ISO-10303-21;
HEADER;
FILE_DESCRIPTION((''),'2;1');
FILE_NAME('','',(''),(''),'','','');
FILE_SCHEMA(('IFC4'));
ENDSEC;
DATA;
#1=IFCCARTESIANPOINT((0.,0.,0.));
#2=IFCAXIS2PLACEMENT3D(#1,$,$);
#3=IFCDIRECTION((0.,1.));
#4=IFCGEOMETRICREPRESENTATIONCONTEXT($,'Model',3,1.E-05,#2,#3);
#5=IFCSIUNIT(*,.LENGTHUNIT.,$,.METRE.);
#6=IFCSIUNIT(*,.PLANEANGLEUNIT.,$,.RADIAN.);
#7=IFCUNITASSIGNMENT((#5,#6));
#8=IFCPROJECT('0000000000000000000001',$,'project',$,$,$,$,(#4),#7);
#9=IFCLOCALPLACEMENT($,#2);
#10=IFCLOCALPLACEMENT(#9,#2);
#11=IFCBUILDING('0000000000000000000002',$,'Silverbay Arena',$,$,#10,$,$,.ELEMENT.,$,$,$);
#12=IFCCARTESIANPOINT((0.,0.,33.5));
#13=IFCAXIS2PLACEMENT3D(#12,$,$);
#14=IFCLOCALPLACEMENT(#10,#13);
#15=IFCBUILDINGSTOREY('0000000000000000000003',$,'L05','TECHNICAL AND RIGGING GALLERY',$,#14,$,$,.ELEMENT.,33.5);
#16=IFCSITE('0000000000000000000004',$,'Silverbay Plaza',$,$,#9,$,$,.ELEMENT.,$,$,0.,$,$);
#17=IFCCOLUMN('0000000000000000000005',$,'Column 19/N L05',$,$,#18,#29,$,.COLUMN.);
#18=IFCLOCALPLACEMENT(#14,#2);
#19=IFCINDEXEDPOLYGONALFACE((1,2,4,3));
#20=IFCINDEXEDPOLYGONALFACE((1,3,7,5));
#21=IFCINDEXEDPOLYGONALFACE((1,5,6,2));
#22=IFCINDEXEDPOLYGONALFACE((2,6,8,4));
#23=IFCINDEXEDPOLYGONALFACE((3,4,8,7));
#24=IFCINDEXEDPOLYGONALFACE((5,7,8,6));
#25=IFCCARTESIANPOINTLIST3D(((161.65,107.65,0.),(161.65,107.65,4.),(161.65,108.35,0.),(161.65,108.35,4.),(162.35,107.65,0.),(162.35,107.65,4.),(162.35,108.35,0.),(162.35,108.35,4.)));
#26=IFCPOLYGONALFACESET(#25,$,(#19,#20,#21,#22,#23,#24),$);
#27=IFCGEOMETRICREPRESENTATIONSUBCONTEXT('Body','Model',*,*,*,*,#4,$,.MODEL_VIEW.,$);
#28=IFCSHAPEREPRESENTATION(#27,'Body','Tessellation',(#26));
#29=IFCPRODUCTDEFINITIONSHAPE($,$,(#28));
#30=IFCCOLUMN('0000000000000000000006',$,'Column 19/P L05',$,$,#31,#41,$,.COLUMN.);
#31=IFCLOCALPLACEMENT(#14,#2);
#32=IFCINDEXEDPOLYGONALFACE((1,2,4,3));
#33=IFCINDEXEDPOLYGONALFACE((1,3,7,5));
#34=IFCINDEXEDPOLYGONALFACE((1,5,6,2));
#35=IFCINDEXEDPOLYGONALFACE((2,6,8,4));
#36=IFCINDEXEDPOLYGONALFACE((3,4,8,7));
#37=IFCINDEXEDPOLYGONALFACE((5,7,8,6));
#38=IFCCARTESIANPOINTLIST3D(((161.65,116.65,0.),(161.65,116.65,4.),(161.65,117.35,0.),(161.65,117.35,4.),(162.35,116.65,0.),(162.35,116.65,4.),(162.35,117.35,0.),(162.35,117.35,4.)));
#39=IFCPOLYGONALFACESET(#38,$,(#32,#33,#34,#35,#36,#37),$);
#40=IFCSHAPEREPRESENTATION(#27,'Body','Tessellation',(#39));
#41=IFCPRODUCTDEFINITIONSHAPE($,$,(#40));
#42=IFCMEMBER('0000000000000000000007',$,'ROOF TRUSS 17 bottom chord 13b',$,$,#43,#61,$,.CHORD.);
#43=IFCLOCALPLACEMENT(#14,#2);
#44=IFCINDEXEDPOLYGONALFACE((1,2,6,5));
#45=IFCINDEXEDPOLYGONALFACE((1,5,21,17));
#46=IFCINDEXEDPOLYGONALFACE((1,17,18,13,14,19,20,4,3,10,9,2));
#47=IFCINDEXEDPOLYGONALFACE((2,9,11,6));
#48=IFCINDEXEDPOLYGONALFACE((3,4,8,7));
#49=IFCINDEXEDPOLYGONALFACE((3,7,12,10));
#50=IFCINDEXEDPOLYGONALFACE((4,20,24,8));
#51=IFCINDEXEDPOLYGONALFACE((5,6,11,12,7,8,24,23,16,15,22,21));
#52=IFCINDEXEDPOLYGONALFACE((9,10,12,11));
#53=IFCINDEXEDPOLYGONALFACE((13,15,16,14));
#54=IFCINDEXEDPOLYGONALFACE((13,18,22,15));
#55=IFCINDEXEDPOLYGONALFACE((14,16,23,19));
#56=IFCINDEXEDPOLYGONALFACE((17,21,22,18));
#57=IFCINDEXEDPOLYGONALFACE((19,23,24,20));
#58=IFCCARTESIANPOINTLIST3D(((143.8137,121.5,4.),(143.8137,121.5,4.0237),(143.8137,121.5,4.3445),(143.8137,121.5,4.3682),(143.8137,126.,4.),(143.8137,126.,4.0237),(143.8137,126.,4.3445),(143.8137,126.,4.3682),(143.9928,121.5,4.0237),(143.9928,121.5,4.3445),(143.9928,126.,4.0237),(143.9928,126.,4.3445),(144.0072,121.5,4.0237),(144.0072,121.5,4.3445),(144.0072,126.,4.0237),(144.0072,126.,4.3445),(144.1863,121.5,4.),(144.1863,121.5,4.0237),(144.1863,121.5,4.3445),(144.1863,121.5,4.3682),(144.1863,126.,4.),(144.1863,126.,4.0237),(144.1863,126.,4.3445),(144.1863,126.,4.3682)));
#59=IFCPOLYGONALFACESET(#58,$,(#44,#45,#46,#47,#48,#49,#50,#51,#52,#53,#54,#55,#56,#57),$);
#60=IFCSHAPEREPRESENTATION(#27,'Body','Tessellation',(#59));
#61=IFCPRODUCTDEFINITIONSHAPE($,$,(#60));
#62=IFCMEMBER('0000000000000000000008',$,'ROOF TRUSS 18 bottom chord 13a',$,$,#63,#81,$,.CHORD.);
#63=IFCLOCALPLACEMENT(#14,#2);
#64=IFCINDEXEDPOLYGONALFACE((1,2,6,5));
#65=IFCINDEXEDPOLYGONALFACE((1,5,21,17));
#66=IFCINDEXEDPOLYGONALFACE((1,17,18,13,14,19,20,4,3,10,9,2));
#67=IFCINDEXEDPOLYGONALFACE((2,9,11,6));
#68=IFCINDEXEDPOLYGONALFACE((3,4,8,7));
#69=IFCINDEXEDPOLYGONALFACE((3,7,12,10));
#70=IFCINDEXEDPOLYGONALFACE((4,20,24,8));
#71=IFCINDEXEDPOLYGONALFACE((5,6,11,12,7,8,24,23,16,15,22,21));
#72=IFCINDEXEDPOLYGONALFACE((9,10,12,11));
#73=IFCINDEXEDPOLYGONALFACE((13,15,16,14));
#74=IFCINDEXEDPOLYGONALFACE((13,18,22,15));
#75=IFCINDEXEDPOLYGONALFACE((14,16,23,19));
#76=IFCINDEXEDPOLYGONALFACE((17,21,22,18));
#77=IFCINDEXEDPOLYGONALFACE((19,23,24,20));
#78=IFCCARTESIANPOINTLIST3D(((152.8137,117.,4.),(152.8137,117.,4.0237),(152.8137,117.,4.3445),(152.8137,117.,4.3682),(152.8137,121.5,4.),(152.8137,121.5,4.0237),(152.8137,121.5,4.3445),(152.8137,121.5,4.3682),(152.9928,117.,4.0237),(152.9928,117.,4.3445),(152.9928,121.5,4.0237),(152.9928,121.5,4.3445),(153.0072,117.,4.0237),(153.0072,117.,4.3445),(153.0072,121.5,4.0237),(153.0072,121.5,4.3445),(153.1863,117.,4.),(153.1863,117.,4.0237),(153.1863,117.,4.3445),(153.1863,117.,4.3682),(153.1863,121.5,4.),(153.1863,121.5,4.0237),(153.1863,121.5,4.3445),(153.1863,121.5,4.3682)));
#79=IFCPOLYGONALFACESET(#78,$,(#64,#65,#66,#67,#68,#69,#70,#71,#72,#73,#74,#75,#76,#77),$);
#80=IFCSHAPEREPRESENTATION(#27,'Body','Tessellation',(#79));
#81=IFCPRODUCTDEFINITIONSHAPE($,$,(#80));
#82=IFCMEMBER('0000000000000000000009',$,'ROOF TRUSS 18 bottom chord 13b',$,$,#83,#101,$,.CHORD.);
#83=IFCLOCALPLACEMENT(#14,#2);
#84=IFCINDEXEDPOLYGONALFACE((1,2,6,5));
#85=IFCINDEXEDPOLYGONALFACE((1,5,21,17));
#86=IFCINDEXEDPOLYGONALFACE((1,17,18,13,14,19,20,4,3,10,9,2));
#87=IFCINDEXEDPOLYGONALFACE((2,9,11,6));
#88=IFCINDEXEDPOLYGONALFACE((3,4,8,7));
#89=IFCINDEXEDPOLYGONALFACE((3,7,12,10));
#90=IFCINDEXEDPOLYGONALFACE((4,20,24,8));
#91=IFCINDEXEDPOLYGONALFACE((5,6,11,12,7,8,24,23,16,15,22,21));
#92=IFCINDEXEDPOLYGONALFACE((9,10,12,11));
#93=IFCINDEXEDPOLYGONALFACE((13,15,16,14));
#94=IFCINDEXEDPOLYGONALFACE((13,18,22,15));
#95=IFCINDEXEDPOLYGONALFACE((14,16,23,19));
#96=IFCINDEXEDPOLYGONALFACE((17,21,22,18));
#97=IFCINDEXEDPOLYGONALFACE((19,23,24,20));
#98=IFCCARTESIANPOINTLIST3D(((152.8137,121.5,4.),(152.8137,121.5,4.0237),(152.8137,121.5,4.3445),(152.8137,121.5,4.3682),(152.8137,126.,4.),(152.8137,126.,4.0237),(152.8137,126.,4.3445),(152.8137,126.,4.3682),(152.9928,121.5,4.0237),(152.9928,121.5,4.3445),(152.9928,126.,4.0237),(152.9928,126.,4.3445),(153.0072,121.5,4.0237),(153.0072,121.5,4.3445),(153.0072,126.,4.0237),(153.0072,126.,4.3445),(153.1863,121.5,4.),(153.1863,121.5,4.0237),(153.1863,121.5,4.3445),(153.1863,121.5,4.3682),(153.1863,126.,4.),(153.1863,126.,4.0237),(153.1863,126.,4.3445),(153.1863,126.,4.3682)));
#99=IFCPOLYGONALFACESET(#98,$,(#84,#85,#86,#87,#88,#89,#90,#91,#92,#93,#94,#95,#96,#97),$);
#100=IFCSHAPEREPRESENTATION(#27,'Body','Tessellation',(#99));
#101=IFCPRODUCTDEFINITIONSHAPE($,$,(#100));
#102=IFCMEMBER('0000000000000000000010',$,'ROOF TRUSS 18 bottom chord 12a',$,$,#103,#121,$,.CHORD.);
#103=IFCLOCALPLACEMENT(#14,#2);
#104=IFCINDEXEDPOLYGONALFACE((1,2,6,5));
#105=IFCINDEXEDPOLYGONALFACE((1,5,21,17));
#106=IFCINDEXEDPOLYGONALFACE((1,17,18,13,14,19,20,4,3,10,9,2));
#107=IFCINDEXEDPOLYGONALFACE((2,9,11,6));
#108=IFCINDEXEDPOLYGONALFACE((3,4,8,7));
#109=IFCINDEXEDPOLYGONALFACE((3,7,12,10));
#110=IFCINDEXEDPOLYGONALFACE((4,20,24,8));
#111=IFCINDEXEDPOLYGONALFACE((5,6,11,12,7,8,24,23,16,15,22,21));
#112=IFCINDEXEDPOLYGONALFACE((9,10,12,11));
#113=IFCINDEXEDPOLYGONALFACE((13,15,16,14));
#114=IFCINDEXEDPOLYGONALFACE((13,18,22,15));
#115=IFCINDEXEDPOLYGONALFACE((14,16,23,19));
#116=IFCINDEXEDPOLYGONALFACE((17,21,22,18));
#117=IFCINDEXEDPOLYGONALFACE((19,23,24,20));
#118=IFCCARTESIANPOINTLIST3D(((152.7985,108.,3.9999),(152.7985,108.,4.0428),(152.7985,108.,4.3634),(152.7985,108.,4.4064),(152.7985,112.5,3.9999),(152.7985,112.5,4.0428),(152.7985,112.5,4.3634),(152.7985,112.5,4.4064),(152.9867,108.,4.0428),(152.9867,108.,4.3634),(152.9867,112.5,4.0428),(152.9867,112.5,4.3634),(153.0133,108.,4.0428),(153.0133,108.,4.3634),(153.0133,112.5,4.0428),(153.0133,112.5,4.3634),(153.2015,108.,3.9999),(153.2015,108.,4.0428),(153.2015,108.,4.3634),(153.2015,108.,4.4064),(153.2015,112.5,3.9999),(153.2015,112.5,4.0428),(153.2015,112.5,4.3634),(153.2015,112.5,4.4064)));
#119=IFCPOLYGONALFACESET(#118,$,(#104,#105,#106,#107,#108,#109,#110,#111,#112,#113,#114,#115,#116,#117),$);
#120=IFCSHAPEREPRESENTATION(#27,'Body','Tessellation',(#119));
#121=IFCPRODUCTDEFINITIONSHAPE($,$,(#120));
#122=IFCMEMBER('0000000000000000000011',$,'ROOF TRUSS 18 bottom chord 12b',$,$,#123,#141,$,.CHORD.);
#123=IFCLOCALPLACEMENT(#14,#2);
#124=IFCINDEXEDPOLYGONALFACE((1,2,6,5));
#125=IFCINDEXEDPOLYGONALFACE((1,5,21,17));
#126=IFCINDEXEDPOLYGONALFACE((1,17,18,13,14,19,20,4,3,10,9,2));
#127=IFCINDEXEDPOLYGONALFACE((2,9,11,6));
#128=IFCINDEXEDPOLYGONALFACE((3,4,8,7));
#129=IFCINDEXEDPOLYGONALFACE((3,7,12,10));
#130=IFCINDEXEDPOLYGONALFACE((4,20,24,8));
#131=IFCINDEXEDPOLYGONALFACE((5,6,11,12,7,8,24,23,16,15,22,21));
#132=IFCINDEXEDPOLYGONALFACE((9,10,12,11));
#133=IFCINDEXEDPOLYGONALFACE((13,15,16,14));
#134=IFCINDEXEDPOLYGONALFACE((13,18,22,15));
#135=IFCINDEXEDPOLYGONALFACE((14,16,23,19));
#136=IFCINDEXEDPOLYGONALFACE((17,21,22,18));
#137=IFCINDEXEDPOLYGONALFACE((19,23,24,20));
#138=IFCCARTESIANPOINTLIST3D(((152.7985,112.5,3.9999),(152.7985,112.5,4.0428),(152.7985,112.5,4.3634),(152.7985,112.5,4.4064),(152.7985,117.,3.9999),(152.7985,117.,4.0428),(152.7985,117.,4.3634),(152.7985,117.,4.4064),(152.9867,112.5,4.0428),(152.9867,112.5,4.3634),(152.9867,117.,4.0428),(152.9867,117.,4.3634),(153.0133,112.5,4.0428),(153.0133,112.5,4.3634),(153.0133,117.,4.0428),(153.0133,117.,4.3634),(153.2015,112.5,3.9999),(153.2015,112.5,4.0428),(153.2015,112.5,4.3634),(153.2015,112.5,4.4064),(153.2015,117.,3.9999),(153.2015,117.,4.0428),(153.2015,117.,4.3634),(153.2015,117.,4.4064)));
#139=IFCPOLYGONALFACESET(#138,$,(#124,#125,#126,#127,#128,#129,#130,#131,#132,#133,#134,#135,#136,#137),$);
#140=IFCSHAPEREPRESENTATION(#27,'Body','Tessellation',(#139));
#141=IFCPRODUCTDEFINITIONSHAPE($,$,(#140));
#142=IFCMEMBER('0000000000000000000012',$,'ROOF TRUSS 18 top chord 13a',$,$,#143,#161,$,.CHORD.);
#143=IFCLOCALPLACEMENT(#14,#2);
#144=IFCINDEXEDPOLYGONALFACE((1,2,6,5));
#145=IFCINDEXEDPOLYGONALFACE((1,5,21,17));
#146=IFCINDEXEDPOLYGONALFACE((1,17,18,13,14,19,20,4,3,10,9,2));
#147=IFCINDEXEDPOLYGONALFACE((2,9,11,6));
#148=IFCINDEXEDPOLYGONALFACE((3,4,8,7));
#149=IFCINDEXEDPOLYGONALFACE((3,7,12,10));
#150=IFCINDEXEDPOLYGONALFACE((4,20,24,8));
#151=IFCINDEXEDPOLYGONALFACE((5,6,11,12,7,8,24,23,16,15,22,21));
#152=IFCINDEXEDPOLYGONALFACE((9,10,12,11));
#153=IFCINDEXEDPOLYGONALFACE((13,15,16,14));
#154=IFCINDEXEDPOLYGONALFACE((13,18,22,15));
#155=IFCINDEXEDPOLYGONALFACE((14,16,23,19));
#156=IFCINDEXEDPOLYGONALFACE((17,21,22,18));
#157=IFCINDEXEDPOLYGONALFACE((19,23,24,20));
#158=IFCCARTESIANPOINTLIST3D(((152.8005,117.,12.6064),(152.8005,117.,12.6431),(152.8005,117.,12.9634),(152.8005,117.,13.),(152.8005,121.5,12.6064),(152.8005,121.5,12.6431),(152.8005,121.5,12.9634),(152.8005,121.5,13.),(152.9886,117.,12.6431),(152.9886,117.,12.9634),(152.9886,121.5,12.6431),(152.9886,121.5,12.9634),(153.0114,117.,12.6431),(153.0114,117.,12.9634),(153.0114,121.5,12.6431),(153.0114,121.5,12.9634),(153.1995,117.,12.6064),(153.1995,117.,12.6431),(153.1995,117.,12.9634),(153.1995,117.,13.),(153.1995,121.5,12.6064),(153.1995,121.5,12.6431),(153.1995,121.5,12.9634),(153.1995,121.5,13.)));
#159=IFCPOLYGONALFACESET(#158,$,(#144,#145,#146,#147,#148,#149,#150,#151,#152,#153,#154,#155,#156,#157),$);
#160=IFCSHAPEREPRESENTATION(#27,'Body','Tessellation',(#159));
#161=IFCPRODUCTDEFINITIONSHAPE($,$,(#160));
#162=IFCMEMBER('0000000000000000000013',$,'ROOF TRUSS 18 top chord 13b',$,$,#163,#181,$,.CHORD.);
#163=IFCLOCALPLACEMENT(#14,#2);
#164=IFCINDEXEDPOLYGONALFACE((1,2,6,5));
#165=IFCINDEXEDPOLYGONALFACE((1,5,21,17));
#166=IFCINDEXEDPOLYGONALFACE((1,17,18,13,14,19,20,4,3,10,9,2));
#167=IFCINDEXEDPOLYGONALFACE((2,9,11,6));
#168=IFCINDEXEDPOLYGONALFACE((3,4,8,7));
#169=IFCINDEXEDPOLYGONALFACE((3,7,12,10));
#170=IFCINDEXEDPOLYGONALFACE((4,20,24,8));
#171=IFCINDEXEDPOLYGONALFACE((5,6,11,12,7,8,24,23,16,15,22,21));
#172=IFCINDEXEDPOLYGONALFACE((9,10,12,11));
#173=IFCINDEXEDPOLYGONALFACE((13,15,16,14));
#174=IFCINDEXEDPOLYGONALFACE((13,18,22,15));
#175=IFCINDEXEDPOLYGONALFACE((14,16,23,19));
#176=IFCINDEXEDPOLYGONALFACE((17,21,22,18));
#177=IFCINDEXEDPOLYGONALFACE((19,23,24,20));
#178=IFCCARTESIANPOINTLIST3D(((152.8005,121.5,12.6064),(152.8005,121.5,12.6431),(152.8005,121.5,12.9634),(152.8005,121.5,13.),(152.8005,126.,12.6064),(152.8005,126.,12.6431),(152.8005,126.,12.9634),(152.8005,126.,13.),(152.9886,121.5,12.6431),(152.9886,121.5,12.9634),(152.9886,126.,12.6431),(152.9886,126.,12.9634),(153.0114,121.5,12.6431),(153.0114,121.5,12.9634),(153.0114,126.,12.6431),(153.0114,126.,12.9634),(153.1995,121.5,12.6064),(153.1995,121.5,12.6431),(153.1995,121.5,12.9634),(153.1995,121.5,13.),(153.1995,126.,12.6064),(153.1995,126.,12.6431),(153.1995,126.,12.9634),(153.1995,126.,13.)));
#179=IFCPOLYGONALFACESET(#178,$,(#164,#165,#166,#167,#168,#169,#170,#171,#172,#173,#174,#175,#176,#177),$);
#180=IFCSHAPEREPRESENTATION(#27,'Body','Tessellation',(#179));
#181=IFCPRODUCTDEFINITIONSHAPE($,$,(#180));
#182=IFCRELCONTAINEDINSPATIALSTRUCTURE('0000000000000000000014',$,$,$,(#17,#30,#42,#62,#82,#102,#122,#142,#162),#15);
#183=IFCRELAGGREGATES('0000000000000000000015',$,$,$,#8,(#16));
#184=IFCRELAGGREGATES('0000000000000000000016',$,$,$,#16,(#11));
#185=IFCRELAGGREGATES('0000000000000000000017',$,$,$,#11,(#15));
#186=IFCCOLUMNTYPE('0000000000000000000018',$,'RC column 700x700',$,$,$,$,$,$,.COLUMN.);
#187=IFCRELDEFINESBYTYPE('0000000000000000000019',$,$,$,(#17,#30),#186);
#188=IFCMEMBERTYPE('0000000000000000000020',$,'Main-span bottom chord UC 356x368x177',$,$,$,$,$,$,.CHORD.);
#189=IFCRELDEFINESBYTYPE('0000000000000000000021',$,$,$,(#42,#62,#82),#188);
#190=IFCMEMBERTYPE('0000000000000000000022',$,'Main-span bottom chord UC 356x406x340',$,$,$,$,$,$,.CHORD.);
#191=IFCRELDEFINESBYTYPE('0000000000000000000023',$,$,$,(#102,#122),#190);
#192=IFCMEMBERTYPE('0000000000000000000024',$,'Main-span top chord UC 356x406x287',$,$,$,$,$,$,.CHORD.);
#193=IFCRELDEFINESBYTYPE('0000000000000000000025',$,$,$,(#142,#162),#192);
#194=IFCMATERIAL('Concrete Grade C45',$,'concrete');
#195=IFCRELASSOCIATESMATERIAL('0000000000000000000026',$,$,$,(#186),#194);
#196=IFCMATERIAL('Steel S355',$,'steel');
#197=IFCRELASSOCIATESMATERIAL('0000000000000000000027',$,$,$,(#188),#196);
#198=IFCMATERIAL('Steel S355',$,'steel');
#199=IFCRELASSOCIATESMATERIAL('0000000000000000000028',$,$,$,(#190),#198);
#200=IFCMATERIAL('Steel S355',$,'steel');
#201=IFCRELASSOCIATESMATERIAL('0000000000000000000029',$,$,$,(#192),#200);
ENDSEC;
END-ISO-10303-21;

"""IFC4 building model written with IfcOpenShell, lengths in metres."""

from ifc_helpers import new_model, si_unit, direction, frame, origin, origin_2d, place, context, subcontext, project, spatial, rectangle, i_section, extrude, material, material_profile, profile_set, type_object, element, save


model = new_model("IFC4")

# Units and contexts
model_context = context("Model", 3, precision=1e-05, world=origin(), true_north=direction((0.0, 1.0)))
body_context = subcontext(model_context, "Body", "Model", "MODEL_VIEW")
ifc_project = project(units=[si_unit("LENGTHUNIT", "METRE"), si_unit("PLANEANGLEUNIT", "RADIAN")], contexts=[model_context])

# Site, building, storey
site_placement = place(None, origin())
site = spatial("IfcSite", under=ifc_project, at=site_placement, Name="Silverbay Plaza", CompositionType="ELEMENT", RefElevation=0.0)
building_placement = place(site_placement, origin())
building = spatial("IfcBuilding", under=site, at=building_placement, Name="Silverbay Arena", CompositionType="ELEMENT")
storey_placement = place(building_placement, frame((0.0, 0.0, 33.5)))
storey = spatial("IfcBuildingStorey", under=building, at=storey_placement, Name="L05", Description="TECHNICAL AND RIGGING GALLERY", CompositionType="ELEMENT", Elevation=33.5)

# Columns
ifc_material_1 = material(Name="Concrete Grade C45", Category="concrete")
ifc_material_profile_1 = material_profile(ifc_material_1, rectangle(XDim=0.7, YDim=0.7, at=origin_2d()), Name="RC 700x700")
ifc_profile_set_1 = profile_set([ifc_material_profile_1], Name="Concrete Grade C45")
column_type = type_object("IfcColumnType", Name="RC column 700x700", PredefinedType="COLUMN", material=ifc_profile_set_1)
for number, where, z_axis, x_axis, name in (
    (1, (162.0, 108.0, 0.0), (0.0, 0.0, 1.0), (1.0, 0.0, 0.0), "Column 19/N L05"),
    (2, (162.0, 117.0, 0.0), (0.0, 0.0, 1.0), (1.0, 0.0, 0.0), "Column 19/P L05"),
):
    element("IfcColumn", number, at=place(storey_placement, frame(where, z_axis=z_axis, x_axis=x_axis)), inside=storey, type_object=column_type, Name=name, PredefinedType="COLUMN", context=body_context, shape_type="SweptSolid", body=[
        extrude(rectangle(XDim=0.7, YDim=0.7, at=origin_2d()), origin(), (0.0, 0.0, 1.0), 4.0),
    ])

# Members
ifc_material_2 = material(Name="Steel S355", Category="steel")
ifc_material_profile_2 = material_profile(ifc_material_2, i_section(OverallWidth=0.3726, OverallDepth=0.3682, WebThickness=0.0144, FlangeThickness=0.0237, at=origin_2d()), Name="UC 356x368x177")
ifc_profile_set_2 = profile_set([ifc_material_profile_2], Name="Steel S355")
member_type_1 = type_object("IfcMemberType", Name="Main-span bottom chord UC 356x368x177", PredefinedType="CHORD", material=ifc_profile_set_2)
for number, where, z_axis, x_axis, name in (
    (3, (144.0, 121.5, 4.1841), (0.0, 1.0, 0.0), (-1.0, 0.0, 0.0), "ROOF TRUSS 17 bottom chord 13b"),
    (4, (153.0, 117.0, 4.1841), (0.0, 1.0, 0.0), (-1.0, 0.0, 0.0), "ROOF TRUSS 18 bottom chord 13a"),
    (5, (153.0, 121.5, 4.1841), (0.0, 1.0, 0.0), (-1.0, 0.0, 0.0), "ROOF TRUSS 18 bottom chord 13b"),
):
    element("IfcMember", number, at=place(storey_placement, frame(where, z_axis=z_axis, x_axis=x_axis)), inside=storey, type_object=member_type_1, Name=name, PredefinedType="CHORD", context=body_context, shape_type="SweptSolid", body=[
        extrude(i_section(OverallWidth=0.3726, OverallDepth=0.3682, WebThickness=0.0144, FlangeThickness=0.0237, at=origin_2d()), origin(), (0.0, 0.0, 1.0), 4.5),
    ])
ifc_material_3 = material(Name="Steel S355", Category="steel")
ifc_material_profile_3 = material_profile(ifc_material_3, i_section(OverallWidth=0.4031, OverallDepth=0.4065, WebThickness=0.0266, FlangeThickness=0.043, at=origin_2d()), Name="UC 356x406x340")
ifc_profile_set_3 = profile_set([ifc_material_profile_3], Name="Steel S355")
member_type_2 = type_object("IfcMemberType", Name="Main-span bottom chord UC 356x406x340", PredefinedType="CHORD", material=ifc_profile_set_3)
for number, where, z_axis, x_axis, name in (
    (6, (153.0, 108.0, 4.2031), (0.0, 1.0, 0.0), (-1.0, 0.0, 0.0), "ROOF TRUSS 18 bottom chord 12a"),
    (7, (153.0, 112.5, 4.2031), (0.0, 1.0, 0.0), (-1.0, 0.0, 0.0), "ROOF TRUSS 18 bottom chord 12b"),
):
    element("IfcMember", number, at=place(storey_placement, frame(where, z_axis=z_axis, x_axis=x_axis)), inside=storey, type_object=member_type_2, Name=name, PredefinedType="CHORD", context=body_context, shape_type="SweptSolid", body=[
        extrude(i_section(OverallWidth=0.4031, OverallDepth=0.4065, WebThickness=0.0266, FlangeThickness=0.043, at=origin_2d()), origin(), (0.0, 0.0, 1.0), 4.5),
    ])
ifc_material_4 = material(Name="Steel S355", Category="steel")
ifc_material_profile_4 = material_profile(ifc_material_4, i_section(OverallWidth=0.3989, OverallDepth=0.3936, WebThickness=0.0227, FlangeThickness=0.0366, at=origin_2d()), Name="UC 356x406x287")
ifc_profile_set_4 = profile_set([ifc_material_profile_4], Name="Steel S355")
member_type_3 = type_object("IfcMemberType", Name="Main-span top chord UC 356x406x287", PredefinedType="CHORD", material=ifc_profile_set_4)
for number, where, z_axis, x_axis, name in (
    (8, (153.0, 117.0, 12.8032), (0.0, 1.0, 0.0), (-1.0, 0.0, 0.0), "ROOF TRUSS 18 top chord 13a"),
    (9, (153.0, 121.5, 12.8032), (0.0, 1.0, 0.0), (-1.0, 0.0, 0.0), "ROOF TRUSS 18 top chord 13b"),
):
    element("IfcMember", number, at=place(storey_placement, frame(where, z_axis=z_axis, x_axis=x_axis)), inside=storey, type_object=member_type_3, Name=name, PredefinedType="CHORD", context=body_context, shape_type="SweptSolid", body=[
        extrude(i_section(OverallWidth=0.3989, OverallDepth=0.3936, WebThickness=0.0227, FlangeThickness=0.0366, at=origin_2d()), origin(), (0.0, 0.0, 1.0), 4.5),
    ])

save(model, "model.ifc")
